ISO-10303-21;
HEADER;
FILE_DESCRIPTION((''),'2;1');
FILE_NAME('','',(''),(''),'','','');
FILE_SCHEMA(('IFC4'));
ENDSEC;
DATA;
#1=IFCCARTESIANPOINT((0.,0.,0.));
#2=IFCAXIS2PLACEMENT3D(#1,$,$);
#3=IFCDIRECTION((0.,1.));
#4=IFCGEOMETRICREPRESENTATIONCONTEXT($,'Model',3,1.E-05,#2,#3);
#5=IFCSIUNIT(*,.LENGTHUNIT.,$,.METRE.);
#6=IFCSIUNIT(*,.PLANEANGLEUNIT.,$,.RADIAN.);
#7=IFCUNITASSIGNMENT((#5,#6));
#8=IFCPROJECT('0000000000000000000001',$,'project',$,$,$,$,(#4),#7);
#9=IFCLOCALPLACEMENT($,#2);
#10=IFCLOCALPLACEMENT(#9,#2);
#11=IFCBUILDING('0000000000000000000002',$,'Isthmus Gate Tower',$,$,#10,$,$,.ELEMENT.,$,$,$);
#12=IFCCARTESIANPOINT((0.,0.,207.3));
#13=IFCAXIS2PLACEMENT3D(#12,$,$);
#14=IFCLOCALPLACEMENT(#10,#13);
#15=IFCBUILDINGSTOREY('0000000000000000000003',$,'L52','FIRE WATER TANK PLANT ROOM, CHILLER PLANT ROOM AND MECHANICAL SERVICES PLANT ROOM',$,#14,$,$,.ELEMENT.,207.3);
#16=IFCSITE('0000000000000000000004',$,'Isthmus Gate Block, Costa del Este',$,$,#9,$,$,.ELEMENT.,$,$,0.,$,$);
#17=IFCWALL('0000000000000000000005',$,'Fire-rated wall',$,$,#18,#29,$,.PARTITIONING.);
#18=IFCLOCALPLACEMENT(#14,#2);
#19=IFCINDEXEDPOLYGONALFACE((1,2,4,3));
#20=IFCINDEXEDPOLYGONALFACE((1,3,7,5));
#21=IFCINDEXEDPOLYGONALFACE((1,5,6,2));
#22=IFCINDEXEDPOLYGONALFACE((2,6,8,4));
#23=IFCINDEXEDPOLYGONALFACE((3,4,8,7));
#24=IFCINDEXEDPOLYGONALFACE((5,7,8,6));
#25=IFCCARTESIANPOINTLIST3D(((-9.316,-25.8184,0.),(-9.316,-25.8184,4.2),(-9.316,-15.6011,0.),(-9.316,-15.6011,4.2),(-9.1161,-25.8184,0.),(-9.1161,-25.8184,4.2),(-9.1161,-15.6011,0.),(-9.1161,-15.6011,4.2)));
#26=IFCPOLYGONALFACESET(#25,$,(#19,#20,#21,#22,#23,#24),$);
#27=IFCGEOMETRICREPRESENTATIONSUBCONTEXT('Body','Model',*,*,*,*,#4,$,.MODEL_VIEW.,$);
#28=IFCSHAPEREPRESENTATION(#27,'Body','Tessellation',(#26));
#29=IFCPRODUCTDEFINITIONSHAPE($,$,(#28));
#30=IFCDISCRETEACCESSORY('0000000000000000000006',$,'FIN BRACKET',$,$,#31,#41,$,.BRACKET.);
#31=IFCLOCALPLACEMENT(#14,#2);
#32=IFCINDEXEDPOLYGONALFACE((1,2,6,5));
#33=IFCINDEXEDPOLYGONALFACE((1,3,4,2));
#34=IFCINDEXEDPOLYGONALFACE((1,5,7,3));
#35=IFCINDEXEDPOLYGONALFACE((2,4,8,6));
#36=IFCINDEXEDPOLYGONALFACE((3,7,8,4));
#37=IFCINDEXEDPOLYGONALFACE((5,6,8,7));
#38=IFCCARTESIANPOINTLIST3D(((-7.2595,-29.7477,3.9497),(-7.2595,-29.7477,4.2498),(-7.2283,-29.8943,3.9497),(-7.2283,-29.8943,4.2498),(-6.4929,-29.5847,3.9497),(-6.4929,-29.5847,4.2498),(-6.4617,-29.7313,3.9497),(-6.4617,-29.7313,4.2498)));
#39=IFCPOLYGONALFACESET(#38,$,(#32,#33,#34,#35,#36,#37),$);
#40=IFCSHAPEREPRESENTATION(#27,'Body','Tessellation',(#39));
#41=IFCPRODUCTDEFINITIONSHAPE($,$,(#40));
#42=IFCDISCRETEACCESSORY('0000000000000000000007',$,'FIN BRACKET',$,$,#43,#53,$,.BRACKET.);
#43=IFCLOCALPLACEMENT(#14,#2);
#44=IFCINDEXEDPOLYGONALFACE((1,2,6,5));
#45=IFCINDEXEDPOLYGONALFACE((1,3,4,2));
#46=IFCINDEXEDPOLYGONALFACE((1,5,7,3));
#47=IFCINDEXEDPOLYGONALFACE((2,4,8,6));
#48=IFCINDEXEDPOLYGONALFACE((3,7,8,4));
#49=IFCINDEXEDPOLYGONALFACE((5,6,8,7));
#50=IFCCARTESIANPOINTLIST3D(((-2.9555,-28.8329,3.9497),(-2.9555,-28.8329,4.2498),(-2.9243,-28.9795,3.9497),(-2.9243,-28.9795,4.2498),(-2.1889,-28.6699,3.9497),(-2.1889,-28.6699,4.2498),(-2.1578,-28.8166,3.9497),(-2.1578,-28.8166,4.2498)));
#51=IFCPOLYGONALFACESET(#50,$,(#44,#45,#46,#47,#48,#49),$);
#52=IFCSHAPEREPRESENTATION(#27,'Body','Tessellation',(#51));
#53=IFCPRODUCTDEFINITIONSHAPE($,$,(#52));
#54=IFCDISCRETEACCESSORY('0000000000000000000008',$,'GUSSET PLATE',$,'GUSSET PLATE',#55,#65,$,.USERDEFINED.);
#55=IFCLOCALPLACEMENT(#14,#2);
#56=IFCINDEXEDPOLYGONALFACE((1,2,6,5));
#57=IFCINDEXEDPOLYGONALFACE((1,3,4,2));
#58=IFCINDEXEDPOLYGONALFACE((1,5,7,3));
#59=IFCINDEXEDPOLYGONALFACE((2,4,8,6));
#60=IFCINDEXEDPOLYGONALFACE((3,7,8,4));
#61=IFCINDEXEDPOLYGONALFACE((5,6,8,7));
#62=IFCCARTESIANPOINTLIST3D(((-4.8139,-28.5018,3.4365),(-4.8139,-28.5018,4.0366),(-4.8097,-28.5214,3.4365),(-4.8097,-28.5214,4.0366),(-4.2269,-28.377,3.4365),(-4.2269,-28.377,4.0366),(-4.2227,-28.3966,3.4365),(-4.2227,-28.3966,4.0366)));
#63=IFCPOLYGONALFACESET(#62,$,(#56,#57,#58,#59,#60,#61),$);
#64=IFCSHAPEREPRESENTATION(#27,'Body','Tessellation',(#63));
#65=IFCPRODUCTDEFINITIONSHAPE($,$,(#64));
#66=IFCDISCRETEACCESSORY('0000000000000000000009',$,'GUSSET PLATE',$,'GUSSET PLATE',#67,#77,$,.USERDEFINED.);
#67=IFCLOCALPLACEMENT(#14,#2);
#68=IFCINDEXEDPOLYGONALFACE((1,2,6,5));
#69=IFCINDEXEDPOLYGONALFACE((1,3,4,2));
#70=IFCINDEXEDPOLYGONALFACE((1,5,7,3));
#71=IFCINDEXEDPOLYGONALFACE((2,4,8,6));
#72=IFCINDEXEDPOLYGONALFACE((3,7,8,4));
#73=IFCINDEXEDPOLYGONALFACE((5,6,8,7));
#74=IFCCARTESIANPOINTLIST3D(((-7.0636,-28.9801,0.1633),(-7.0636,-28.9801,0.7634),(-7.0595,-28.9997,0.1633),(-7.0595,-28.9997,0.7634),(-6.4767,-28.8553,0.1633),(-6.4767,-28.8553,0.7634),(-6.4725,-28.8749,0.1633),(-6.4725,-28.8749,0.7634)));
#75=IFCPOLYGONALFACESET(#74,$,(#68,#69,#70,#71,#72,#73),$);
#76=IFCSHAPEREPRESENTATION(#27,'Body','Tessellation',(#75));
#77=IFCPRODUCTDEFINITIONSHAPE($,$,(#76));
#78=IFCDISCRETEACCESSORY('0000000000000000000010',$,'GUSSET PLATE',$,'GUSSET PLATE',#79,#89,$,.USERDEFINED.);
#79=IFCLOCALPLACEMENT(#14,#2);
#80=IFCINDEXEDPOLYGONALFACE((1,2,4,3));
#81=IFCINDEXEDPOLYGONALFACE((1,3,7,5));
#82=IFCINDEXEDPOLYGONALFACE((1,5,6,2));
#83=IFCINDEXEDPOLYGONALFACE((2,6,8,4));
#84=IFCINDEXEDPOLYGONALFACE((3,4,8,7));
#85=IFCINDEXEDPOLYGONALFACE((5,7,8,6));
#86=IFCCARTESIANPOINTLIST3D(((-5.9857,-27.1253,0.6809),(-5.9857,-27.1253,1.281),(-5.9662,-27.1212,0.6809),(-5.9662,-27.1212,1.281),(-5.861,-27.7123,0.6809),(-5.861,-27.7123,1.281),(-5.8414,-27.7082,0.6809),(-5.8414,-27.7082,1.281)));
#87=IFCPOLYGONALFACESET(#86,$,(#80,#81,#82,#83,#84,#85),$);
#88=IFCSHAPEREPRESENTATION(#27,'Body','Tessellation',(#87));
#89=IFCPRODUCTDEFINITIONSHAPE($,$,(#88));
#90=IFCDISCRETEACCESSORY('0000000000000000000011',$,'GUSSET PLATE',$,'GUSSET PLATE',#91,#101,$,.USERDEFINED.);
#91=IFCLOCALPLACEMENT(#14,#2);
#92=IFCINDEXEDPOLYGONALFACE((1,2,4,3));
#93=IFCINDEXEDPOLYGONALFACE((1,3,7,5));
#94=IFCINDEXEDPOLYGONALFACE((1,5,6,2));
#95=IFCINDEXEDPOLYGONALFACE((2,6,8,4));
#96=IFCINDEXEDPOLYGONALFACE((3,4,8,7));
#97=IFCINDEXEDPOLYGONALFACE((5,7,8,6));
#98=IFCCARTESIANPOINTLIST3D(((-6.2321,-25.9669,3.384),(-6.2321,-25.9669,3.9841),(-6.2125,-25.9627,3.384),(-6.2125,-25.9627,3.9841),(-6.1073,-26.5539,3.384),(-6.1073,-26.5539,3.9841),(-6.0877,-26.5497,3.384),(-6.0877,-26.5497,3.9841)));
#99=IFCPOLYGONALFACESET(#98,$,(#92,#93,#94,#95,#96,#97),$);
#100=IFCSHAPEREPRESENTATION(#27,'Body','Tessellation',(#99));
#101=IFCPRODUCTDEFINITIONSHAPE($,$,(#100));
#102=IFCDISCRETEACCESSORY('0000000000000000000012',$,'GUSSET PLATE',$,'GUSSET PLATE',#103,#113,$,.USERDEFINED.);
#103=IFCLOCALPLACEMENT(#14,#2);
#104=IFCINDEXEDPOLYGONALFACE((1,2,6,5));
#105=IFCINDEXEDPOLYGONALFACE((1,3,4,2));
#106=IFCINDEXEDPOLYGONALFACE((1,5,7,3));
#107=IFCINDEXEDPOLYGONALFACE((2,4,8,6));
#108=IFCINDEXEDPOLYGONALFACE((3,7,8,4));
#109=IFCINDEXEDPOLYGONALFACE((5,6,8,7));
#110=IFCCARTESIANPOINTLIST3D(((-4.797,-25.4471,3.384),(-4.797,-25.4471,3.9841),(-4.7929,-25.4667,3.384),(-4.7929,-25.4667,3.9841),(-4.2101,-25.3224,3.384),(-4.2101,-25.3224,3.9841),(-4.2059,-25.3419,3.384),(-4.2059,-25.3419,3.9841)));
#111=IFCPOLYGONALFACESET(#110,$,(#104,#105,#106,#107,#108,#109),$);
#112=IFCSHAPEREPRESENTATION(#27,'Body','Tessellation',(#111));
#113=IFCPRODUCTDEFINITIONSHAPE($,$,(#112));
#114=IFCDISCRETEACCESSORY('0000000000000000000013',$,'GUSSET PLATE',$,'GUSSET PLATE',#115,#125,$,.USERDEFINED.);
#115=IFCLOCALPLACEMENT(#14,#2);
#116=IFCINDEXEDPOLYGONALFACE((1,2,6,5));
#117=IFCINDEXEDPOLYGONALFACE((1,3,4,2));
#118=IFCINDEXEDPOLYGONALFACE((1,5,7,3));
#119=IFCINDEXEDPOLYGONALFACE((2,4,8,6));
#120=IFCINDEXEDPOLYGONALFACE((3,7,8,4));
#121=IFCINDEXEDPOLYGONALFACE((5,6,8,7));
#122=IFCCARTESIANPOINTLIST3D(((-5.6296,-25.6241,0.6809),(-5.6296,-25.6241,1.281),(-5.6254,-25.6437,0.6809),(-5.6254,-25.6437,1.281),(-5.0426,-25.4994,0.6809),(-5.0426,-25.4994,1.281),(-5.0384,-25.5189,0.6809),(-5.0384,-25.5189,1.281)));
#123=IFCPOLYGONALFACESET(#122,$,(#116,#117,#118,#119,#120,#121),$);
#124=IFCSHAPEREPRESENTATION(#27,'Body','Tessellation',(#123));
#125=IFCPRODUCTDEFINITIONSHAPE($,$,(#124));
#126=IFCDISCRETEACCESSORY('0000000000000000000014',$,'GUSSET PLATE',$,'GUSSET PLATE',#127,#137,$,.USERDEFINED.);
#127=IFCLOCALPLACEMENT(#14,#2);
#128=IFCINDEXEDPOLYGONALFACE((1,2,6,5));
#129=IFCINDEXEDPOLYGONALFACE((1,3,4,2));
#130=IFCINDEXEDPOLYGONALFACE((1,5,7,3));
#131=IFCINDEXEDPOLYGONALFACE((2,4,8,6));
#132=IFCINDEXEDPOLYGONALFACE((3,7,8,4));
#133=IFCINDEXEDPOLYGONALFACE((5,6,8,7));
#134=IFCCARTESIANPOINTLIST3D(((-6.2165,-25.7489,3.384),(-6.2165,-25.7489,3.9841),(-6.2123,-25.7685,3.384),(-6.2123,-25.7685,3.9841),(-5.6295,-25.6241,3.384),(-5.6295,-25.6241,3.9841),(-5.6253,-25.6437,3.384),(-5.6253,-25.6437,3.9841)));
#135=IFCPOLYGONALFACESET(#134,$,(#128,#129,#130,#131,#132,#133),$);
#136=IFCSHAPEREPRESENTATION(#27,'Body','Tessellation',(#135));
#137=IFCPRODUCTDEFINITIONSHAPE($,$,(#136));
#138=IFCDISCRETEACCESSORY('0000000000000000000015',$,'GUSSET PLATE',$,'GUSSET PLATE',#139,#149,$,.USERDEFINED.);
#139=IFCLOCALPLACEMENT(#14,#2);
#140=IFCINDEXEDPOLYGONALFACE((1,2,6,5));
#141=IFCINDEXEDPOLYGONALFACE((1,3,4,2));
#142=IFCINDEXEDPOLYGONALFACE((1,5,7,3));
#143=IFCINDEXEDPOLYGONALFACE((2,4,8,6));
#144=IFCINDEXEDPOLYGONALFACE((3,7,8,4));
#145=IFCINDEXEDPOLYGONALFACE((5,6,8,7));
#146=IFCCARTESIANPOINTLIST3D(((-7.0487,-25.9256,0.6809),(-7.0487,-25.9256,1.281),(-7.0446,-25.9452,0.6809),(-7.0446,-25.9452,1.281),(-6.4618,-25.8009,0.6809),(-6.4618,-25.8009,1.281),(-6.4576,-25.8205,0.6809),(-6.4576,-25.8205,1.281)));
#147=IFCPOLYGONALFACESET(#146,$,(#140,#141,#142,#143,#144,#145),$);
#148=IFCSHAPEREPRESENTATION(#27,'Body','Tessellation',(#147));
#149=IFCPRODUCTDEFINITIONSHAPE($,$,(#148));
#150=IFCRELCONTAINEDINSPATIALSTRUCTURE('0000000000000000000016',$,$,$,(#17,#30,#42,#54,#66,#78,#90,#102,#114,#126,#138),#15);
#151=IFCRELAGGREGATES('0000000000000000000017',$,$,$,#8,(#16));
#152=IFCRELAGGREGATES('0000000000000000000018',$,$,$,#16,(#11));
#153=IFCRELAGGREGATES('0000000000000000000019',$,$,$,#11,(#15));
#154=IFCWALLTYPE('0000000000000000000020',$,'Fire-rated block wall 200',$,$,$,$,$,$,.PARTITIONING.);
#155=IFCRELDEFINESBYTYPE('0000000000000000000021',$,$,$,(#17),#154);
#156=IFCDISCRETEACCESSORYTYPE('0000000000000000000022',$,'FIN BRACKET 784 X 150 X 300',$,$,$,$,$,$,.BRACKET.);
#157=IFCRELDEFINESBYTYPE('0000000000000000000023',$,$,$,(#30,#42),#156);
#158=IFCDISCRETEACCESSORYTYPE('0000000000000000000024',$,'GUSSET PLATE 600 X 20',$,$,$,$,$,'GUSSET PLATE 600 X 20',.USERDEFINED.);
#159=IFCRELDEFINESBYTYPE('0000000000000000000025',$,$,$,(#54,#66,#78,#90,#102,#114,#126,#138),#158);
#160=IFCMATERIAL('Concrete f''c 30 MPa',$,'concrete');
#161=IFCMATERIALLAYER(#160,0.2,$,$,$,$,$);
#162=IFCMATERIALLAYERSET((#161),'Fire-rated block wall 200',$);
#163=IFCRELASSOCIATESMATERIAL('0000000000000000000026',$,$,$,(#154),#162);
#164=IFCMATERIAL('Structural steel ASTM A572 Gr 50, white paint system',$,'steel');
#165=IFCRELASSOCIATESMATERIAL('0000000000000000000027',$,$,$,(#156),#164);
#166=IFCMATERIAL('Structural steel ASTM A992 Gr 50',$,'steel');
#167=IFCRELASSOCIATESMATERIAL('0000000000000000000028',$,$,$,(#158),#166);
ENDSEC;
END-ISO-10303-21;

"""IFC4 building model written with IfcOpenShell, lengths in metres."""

from ifc_helpers import new_model, si_unit, direction, frame, frame_2d, origin, origin_2d, place, context, subcontext, project, spatial, rectangle, extrude, material, layer, layer_set, type_object, element, save


model = new_model("IFC4")

# Units and contexts
model_context = context("Model", 3, precision=1e-05, world=origin(), true_north=direction((0.0, 1.0)))
body_context = subcontext(model_context, "Body", "Model", "MODEL_VIEW")
ifc_project = project(units=[si_unit("LENGTHUNIT", "METRE"), si_unit("PLANEANGLEUNIT", "RADIAN")], contexts=[model_context])

# Site, building, storey
site_placement = place(None, origin())
site = spatial("IfcSite", under=ifc_project, at=site_placement, Name="Isthmus Gate Block, Costa del Este", CompositionType="ELEMENT", RefElevation=0.0)
building_placement = place(site_placement, origin())
building = spatial("IfcBuilding", under=site, at=building_placement, Name="Isthmus Gate Tower", CompositionType="ELEMENT")
storey_placement = place(building_placement, frame((0.0, 0.0, 207.3)))
storey = spatial("IfcBuildingStorey", under=building, at=storey_placement, Name="L52", Description="FIRE WATER TANK PLANT ROOM, CHILLER PLANT ROOM AND MECHANICAL SERVICES PLANT ROOM", CompositionType="ELEMENT", Elevation=207.3)

# Wall
ifc_material_1 = material(Name="Concrete f'c 30 MPa", Category="concrete")
ifc_layer_1 = layer(ifc_material_1, 0.2)
ifc_layer_set_1 = layer_set([ifc_layer_1], Name="Fire-rated block wall 200")
wall_type = type_object("IfcWallType", Name="Fire-rated block wall 200", PredefinedType="PARTITIONING", material=ifc_layer_set_1)
wall_placement = place(storey_placement, frame((-9.2161, -25.8184, 0.0), z_axis=(0.0, 0.0, 1.0), x_axis=(0.0, 1.0, 0.0)))
element("IfcWall", 1, at=wall_placement, inside=storey, type_object=wall_type, Name="Fire-rated wall", PredefinedType="PARTITIONING", context=body_context, shape_type="SweptSolid", body=[
    extrude(rectangle(XDim=10.2173, YDim=0.2, at=frame_2d((5.1086, 0.0))), origin(), (0.0, 0.0, 1.0), 4.2),
])

# Discrete accessories
ifc_material_2 = material(Name="Structural steel ASTM A572 Gr 50, white paint system", Category="steel")
discrete_accessory_type_1 = type_object("IfcDiscreteAccessoryType", Name="FIN BRACKET 784 X 150 X 300", PredefinedType="BRACKET", material=ifc_material_2)
for number, where, z_axis, x_axis, name in (
    (2, (-6.8606, -29.7395, 3.9497), (0.0, 0.0, 1.0), (0.207912, -0.978148, 0.0), "FIN BRACKET"),
    (3, (-2.5566, -28.8247, 3.9497), (0.0, 0.0, 1.0), (0.207912, -0.978148, 0.0), "FIN BRACKET"),
):
    element("IfcDiscreteAccessory", number, at=place(storey_placement, frame(where, z_axis=z_axis, x_axis=x_axis)), inside=storey, type_object=discrete_accessory_type_1, Name=name, PredefinedType="BRACKET", context=body_context, shape_type="SweptSolid", body=[
        extrude(rectangle(XDim=0.1499, YDim=0.7837, at=origin_2d()), origin(), (0.0, 0.0, 1.0), 0.3),
    ])
ifc_material_3 = material(Name="Structural steel ASTM A992 Gr 50", Category="steel")
discrete_accessory_type_2 = type_object("IfcDiscreteAccessoryType", Name="GUSSET PLATE 600 X 20", ElementType="GUSSET PLATE 600 X 20", PredefinedType="USERDEFINED", material=ifc_material_3)
for number, where, z_axis, x_axis, name in (
    (4, (-4.5183, -28.4492, 3.4365), (0.0, 0.0, 1.0), (-0.978148, -0.207912, 0.0), "GUSSET PLATE"),
    (5, (-6.7681, -28.9275, 0.1633), (0.0, 0.0, 1.0), (-0.978148, -0.207912, 0.0), "GUSSET PLATE"),
    (6, (-5.9136, -27.4167, 0.6809), (0.0, 0.0, 1.0), (-0.207912, 0.978148, 0.0), "GUSSET PLATE"),
    (7, (-6.1599, -26.2583, 3.384), (0.0, 0.0, 1.0), (-0.207912, 0.978148, 0.0), "GUSSET PLATE"),
    (8, (-4.5015, -25.3945, 3.384), (0.0, 0.0, 1.0), (-0.978148, -0.207912, 0.0), "GUSSET PLATE"),
    (9, (-5.334, -25.5715, 0.6809), (0.0, 0.0, 1.0), (-0.978148, -0.207912, 0.0), "GUSSET PLATE"),
    (10, (-5.9209, -25.6963, 3.384), (0.0, 0.0, 1.0), (-0.978148, -0.207912, 0.0), "GUSSET PLATE"),
    (11, (-6.7532, -25.873, 0.6809), (0.0, 0.0, 1.0), (-0.978148, -0.207912, 0.0), "GUSSET PLATE"),
):
    element("IfcDiscreteAccessory", number, at=place(storey_placement, frame(where, z_axis=z_axis, x_axis=x_axis)), inside=storey, type_object=discrete_accessory_type_2, Name=name, ObjectType="GUSSET PLATE", PredefinedType="USERDEFINED", context=body_context, shape_type="SweptSolid", body=[
        extrude(rectangle(XDim=0.6001, YDim=0.02, at=origin_2d()), origin(), (0.0, 0.0, 1.0), 0.6001),
    ])

save(model, "model.ifc")
